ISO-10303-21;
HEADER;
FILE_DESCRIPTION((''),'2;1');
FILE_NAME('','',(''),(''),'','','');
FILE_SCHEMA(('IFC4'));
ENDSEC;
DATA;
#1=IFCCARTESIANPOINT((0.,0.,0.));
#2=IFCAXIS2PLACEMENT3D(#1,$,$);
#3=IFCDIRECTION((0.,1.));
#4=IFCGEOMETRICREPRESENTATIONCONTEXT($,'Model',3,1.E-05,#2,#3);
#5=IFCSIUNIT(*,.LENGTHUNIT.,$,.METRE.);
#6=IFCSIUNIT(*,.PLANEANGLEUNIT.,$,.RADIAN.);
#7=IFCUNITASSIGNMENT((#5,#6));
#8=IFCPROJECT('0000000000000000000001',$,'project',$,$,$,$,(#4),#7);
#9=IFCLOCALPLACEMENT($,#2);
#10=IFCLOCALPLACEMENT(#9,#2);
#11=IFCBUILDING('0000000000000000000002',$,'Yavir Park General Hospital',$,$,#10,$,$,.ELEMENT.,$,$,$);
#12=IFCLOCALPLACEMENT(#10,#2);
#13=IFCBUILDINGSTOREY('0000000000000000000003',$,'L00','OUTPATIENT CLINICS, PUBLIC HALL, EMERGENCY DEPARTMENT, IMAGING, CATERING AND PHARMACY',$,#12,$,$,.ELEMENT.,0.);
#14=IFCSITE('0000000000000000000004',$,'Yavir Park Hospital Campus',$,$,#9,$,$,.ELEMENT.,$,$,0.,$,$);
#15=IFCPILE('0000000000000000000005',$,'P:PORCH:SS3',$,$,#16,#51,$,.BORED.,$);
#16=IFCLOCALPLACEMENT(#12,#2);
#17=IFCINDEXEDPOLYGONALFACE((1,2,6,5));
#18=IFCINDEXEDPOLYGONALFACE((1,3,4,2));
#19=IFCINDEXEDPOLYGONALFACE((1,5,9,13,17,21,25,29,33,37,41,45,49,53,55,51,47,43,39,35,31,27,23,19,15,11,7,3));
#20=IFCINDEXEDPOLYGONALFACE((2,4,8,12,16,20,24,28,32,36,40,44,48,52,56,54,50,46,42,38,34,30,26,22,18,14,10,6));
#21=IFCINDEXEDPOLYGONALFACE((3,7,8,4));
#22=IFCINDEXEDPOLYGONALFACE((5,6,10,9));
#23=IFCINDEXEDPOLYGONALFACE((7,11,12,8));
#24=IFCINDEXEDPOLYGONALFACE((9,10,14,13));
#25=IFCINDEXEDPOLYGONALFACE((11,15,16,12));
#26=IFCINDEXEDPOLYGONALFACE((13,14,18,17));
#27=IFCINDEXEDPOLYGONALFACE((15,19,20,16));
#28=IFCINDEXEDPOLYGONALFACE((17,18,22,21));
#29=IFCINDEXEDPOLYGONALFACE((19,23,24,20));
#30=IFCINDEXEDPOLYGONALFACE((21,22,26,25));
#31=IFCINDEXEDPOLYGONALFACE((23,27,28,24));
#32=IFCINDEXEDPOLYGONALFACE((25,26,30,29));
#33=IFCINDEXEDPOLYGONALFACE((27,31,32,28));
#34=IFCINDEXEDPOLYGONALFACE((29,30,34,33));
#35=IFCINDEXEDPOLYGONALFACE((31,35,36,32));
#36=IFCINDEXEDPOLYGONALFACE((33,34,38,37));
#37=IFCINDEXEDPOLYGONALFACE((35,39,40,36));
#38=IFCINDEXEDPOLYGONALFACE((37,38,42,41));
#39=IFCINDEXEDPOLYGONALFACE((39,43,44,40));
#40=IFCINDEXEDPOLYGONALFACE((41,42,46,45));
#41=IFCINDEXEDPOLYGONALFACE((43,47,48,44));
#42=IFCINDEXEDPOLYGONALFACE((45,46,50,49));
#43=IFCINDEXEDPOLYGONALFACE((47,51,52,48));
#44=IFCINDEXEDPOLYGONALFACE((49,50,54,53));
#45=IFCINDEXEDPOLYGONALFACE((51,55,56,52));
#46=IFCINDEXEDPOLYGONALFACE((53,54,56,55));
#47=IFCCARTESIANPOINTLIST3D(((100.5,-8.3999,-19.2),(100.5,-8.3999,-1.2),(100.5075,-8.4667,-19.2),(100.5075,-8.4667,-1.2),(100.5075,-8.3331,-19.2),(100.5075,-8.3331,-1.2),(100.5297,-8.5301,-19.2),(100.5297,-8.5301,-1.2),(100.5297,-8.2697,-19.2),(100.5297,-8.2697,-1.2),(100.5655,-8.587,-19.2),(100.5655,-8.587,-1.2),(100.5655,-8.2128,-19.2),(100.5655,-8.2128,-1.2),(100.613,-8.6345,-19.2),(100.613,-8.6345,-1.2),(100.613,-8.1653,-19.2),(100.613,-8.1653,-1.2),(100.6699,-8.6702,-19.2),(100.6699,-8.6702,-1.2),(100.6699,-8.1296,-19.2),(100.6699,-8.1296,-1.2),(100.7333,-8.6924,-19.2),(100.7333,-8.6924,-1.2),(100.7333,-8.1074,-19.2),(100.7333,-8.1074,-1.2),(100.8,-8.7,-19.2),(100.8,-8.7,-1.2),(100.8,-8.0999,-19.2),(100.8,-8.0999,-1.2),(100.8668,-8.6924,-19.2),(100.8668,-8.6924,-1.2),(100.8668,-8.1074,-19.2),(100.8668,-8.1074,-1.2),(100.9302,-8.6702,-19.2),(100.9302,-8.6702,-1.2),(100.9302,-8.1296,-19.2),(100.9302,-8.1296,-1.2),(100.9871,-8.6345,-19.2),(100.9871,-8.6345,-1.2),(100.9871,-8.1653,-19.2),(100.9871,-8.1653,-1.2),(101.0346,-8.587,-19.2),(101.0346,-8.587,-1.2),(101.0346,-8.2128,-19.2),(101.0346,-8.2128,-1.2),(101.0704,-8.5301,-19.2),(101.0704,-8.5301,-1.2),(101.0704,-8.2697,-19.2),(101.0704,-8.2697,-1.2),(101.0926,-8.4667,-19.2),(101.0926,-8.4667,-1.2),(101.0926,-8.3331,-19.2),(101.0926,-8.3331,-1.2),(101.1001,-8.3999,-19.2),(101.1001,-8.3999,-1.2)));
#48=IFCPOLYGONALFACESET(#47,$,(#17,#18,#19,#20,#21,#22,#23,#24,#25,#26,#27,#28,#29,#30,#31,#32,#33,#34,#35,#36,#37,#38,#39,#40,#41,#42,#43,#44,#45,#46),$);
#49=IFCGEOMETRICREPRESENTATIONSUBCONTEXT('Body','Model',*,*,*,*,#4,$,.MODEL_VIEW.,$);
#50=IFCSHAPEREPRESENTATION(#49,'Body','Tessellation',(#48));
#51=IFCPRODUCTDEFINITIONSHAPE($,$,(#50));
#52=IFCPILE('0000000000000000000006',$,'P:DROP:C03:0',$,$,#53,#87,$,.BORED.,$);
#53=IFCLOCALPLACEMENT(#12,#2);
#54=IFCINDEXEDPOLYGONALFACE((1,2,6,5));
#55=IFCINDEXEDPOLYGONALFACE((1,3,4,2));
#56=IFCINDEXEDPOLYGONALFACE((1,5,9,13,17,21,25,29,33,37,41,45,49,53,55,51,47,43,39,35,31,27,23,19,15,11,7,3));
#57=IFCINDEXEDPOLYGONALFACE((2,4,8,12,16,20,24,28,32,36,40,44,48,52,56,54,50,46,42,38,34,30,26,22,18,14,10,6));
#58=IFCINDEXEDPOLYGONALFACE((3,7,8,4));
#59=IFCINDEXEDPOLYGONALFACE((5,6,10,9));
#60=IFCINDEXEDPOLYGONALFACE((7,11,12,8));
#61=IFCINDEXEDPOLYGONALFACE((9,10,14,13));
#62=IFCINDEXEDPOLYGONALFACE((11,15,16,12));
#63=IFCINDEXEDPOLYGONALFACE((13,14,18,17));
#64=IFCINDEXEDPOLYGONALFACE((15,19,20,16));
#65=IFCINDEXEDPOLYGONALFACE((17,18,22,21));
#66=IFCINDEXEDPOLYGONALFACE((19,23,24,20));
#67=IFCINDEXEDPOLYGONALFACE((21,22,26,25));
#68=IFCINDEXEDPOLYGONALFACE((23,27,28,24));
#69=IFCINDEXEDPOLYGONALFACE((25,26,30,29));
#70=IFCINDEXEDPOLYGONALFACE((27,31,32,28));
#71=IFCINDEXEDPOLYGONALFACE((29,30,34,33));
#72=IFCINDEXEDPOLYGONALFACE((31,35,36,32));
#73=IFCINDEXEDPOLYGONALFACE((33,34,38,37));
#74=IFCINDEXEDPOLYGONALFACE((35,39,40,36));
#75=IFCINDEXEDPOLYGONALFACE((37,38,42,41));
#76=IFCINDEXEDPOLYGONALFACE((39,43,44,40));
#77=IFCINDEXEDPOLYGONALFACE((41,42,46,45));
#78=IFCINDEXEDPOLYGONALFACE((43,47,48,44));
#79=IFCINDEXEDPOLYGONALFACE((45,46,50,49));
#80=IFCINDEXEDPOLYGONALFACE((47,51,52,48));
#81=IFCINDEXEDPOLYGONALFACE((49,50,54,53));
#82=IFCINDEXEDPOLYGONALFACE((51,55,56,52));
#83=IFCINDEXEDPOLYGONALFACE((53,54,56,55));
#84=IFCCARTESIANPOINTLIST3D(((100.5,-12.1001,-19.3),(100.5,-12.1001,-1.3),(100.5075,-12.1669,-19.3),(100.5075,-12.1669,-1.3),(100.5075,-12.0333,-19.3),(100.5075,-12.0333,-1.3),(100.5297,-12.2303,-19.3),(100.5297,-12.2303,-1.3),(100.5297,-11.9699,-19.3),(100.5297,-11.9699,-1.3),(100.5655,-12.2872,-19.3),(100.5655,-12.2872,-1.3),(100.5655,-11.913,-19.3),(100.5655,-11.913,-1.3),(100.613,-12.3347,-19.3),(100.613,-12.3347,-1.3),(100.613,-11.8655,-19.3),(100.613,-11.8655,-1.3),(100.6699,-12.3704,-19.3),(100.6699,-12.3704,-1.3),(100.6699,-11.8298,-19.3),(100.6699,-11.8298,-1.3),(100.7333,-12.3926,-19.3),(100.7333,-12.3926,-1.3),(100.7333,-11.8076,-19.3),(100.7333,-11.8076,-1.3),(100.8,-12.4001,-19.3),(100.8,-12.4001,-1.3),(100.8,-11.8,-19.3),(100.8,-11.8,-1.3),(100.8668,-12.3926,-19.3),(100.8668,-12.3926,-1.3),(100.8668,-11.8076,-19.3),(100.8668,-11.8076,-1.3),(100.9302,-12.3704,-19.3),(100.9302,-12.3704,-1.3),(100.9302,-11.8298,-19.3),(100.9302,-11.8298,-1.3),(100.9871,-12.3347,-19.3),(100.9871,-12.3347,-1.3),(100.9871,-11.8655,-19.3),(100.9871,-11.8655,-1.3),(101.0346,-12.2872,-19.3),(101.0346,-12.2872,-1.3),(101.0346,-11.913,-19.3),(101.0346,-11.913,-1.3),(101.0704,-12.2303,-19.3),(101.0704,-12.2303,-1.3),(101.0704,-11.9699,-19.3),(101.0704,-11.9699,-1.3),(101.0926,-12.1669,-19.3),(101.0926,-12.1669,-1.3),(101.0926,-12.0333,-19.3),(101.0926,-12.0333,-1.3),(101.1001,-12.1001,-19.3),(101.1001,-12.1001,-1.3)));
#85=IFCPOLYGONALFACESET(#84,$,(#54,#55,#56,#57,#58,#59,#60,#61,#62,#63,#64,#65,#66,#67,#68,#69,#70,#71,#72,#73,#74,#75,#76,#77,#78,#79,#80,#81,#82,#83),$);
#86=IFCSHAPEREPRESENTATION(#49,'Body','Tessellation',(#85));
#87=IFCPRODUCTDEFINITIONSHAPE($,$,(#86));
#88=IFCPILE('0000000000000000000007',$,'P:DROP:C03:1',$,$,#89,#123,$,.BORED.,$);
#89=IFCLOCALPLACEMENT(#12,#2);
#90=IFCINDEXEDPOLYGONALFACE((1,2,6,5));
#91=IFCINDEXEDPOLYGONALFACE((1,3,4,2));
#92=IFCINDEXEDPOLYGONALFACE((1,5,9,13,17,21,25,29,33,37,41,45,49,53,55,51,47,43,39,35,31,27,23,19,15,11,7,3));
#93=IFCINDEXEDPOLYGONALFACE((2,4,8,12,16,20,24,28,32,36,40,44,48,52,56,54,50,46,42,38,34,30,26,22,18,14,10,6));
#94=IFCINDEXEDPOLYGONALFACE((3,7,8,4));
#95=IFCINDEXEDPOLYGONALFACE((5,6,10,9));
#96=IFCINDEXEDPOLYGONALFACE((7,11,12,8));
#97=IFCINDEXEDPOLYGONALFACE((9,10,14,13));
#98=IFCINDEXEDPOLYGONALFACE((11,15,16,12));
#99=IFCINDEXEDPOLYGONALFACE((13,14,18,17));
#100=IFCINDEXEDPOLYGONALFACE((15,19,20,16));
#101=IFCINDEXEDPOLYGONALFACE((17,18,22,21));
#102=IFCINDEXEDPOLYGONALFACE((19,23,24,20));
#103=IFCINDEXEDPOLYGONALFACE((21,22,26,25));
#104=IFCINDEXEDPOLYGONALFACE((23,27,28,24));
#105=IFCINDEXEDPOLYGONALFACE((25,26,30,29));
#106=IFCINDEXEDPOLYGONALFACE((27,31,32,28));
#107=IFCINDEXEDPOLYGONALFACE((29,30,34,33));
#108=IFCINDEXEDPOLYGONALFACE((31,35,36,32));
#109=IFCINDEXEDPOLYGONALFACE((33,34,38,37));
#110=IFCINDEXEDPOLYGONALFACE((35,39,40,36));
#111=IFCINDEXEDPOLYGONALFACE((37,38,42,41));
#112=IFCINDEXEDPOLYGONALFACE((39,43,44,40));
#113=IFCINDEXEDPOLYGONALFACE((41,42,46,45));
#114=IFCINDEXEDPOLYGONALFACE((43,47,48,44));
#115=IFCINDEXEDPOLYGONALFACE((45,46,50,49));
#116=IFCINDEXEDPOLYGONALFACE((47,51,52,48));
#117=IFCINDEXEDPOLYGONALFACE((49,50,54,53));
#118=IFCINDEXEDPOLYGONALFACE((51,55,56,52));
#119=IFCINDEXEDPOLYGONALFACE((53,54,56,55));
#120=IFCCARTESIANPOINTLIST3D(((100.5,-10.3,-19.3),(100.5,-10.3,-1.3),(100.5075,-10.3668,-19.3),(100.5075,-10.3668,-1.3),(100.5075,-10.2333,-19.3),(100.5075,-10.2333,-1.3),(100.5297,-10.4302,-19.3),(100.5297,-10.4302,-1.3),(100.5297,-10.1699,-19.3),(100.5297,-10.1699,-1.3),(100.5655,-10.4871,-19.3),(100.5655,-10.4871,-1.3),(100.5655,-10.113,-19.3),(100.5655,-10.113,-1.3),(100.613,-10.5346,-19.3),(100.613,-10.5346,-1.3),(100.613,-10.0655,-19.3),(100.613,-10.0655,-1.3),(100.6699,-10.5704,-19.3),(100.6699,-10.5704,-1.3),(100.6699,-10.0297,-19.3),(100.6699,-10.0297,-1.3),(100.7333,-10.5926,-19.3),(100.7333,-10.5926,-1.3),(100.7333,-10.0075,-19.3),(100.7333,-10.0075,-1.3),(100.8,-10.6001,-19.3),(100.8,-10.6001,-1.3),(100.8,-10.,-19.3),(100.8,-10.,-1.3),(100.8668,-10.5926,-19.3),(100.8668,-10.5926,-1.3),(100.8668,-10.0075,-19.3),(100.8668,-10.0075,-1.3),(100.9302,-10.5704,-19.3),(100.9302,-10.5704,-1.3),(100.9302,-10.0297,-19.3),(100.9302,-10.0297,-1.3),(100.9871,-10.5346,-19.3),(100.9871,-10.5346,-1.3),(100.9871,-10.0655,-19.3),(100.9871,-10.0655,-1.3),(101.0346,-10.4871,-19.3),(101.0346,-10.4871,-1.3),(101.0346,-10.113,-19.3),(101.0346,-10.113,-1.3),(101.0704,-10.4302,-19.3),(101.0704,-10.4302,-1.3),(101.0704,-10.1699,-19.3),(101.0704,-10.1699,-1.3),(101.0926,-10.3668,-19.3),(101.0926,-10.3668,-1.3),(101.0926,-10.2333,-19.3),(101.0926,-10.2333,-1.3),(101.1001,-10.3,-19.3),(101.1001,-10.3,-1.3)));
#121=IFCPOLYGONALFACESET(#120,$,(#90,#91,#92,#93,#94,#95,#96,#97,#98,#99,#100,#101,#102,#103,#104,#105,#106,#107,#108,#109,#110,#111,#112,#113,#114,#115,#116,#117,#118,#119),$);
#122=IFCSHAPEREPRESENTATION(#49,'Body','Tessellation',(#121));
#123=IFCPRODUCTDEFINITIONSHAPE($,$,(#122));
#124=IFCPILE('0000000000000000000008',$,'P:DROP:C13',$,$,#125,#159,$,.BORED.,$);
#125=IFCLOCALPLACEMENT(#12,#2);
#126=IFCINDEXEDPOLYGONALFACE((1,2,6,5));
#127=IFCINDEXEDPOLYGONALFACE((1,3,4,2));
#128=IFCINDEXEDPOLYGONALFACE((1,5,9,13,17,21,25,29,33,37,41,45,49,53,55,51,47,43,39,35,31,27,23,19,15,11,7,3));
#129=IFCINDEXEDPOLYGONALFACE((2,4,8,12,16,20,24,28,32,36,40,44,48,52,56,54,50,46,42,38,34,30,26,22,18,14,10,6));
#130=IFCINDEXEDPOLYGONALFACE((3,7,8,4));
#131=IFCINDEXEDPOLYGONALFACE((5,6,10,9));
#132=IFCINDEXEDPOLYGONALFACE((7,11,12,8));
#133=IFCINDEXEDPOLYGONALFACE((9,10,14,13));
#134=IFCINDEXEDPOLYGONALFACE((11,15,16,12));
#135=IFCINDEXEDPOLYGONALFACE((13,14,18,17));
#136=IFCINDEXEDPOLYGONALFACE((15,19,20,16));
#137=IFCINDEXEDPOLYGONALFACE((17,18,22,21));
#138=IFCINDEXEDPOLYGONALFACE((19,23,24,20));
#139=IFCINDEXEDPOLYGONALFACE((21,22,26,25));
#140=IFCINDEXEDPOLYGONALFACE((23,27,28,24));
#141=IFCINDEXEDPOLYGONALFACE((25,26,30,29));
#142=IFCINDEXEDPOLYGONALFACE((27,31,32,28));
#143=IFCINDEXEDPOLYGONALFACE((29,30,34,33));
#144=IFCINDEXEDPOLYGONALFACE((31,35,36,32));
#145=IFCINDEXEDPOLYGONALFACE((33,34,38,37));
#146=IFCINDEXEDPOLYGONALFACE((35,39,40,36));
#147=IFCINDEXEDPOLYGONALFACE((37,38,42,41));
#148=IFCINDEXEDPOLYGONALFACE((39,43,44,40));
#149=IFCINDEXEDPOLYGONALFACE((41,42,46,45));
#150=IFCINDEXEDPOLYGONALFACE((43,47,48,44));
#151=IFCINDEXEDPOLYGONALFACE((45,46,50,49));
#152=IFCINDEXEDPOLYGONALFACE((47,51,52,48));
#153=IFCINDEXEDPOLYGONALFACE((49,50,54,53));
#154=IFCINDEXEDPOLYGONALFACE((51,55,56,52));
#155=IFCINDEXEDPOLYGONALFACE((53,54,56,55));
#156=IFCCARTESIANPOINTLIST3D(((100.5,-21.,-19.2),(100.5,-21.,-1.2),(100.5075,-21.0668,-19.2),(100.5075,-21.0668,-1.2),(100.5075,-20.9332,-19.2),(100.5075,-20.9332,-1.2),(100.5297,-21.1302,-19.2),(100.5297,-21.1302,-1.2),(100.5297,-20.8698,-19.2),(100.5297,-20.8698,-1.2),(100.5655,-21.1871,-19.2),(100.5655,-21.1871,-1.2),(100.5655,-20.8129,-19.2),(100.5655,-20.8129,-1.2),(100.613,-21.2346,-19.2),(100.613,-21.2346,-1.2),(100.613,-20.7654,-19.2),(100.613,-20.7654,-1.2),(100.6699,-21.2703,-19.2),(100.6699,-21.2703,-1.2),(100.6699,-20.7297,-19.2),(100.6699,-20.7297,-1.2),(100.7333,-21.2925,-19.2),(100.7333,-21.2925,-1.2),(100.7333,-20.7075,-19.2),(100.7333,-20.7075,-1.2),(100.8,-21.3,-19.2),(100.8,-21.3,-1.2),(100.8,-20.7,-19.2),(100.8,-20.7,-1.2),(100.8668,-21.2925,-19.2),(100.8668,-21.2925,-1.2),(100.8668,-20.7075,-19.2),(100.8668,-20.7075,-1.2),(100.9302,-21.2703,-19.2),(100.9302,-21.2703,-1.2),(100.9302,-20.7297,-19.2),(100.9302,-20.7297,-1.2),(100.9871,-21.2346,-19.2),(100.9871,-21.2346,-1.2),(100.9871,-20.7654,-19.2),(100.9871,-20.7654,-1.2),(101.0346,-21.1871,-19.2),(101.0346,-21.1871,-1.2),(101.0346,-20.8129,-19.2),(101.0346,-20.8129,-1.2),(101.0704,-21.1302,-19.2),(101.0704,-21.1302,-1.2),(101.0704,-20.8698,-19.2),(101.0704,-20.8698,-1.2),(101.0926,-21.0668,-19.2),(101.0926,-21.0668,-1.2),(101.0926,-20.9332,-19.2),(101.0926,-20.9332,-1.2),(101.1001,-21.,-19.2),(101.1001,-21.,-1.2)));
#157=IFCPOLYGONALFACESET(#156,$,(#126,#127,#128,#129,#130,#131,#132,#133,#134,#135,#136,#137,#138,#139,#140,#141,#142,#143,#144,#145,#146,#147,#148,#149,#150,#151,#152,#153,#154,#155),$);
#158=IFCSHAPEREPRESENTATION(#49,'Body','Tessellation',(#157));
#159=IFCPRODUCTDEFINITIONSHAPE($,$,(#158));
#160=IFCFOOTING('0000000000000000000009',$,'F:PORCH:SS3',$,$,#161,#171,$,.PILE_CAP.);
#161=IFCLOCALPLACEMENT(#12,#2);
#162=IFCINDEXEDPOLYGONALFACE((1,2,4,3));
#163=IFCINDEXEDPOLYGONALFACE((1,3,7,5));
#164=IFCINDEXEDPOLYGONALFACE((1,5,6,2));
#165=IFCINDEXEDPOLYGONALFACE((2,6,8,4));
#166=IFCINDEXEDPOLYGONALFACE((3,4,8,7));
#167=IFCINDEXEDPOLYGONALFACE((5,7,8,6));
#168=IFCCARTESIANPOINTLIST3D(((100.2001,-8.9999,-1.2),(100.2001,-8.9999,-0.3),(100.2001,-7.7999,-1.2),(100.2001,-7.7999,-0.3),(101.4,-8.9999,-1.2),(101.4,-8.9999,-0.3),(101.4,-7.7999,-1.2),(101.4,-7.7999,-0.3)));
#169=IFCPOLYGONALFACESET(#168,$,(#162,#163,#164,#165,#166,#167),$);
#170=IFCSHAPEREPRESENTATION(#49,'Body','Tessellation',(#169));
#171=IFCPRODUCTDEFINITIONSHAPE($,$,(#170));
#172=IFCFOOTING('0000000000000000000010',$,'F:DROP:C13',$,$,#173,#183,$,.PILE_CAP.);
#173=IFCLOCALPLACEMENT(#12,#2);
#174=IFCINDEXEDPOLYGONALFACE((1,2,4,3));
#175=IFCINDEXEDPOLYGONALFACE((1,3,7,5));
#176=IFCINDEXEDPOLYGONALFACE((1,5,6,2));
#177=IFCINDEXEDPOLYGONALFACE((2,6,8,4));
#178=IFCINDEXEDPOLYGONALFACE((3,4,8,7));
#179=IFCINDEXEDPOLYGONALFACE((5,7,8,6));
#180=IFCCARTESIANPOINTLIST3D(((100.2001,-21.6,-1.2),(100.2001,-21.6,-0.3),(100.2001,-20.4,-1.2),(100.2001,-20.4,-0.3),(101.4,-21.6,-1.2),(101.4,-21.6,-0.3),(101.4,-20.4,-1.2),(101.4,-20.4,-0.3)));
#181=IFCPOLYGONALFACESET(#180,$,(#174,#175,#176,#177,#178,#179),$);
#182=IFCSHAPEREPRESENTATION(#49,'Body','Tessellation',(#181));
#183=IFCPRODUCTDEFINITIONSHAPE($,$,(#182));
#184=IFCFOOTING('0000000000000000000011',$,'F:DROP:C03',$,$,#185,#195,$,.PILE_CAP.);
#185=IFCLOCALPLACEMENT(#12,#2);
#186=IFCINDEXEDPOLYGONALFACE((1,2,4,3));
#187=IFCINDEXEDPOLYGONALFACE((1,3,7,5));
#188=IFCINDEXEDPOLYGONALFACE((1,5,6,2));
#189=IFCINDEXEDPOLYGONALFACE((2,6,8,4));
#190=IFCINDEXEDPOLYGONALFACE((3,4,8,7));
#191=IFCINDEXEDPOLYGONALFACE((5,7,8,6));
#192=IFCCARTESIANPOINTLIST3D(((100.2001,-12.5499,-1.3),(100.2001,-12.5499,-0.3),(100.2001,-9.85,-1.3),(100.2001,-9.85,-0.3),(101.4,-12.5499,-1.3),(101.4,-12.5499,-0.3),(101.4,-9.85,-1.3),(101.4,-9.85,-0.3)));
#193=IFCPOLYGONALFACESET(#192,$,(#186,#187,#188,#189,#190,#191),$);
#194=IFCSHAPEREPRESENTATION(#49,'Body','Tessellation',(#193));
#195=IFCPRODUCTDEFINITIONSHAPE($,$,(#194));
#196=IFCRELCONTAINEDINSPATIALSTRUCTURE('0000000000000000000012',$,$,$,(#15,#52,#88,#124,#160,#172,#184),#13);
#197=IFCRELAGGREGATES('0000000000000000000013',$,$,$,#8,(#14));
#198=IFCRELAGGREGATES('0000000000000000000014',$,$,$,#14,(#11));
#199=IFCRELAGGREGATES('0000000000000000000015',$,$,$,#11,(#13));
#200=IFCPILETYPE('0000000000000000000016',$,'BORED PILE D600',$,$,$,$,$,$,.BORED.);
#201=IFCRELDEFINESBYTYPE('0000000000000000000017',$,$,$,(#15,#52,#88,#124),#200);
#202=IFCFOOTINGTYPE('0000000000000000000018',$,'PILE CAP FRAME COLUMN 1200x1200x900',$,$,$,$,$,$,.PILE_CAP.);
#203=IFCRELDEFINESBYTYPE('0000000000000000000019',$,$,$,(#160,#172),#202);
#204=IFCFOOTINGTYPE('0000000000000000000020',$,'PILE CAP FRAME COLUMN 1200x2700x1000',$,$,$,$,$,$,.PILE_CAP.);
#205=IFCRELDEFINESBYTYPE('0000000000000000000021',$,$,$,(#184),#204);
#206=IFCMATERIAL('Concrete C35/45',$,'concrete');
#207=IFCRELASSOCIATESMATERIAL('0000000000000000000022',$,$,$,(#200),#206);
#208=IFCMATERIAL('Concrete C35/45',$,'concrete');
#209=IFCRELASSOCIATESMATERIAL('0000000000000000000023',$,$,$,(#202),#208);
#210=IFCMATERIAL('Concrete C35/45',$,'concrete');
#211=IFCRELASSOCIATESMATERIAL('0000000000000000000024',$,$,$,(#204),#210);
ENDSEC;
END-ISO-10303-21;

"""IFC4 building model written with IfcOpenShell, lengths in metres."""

from ifc_helpers import new_model, si_unit, direction, frame, origin, origin_2d, place, context, subcontext, project, spatial, rectangle, circle, extrude, material, material_profile, profile_set, type_object, element, save


model = new_model("IFC4")

# Units and contexts
model_context = context("Model", 3, precision=1e-05, world=origin(), true_north=direction((0.0, 1.0)))
body_context = subcontext(model_context, "Body", "Model", "MODEL_VIEW")
ifc_project = project(units=[si_unit("LENGTHUNIT", "METRE"), si_unit("PLANEANGLEUNIT", "RADIAN")], contexts=[model_context])

# Site, building, storey
site_placement = place(None, origin())
site = spatial("IfcSite", under=ifc_project, at=site_placement, Name="Yavir Park Hospital Campus", CompositionType="ELEMENT", RefElevation=0.0)
building_placement = place(site_placement, origin())
building = spatial("IfcBuilding", under=site, at=building_placement, Name="Yavir Park General Hospital", CompositionType="ELEMENT")
storey_placement = place(building_placement, origin())
storey = spatial("IfcBuildingStorey", under=building, at=storey_placement, Name="L00", Description="OUTPATIENT CLINICS, PUBLIC HALL, EMERGENCY DEPARTMENT, IMAGING, CATERING AND PHARMACY", CompositionType="ELEMENT", Elevation=0.0)

# Piles
ifc_material_1 = material(Name="Concrete C35/45", Category="concrete")
ifc_material_profile_1 = material_profile(ifc_material_1, circle(Radius=0.3, at=origin_2d()), Name="D600")
ifc_profile_set_1 = profile_set([ifc_material_profile_1], Name="Concrete C35/45")
pile_type = type_object("IfcPileType", Name="BORED PILE D600", PredefinedType="BORED", material=ifc_profile_set_1)
for number, where, z_axis, x_axis, name in (
    (1, (100.8, -8.3999, -1.2), (0.0, 0.0, -1.0), (1.0, 0.0, 0.0), "P:PORCH:SS3"),
    (2, (100.8, -12.1001, -1.3), (0.0, 0.0, -1.0), (1.0, 0.0, 0.0), "P:DROP:C03:0"),
    (3, (100.8, -10.3, -1.3), (0.0, 0.0, -1.0), (1.0, 0.0, 0.0), "P:DROP:C03:1"),
    (4, (100.8, -21.0, -1.2), (0.0, 0.0, -1.0), (1.0, 0.0, 0.0), "P:DROP:C13"),
):
    element("IfcPile", number, at=place(storey_placement, frame(where, z_axis=z_axis, x_axis=x_axis)), inside=storey, type_object=pile_type, Name=name, PredefinedType="BORED", context=body_context, shape_type="SweptSolid", body=[
        extrude(circle(Radius=0.3, at=origin_2d()), origin(), (0.0, 0.0, 1.0), 18.0),
    ])

# Footings
ifc_material_2 = material(Name="Concrete C35/45", Category="concrete")
footing_type_1 = type_object("IfcFootingType", Name="PILE CAP FRAME COLUMN 1200x1200x900", PredefinedType="PILE_CAP", material=ifc_material_2)
for number, where, z_axis, x_axis, name in (
    (5, (100.8, -8.3999, -1.2), (0.0, 0.0, 1.0), (1.0, 0.0, 0.0), "F:PORCH:SS3"),
    (6, (100.8, -21.0, -1.2), (0.0, 0.0, 1.0), (1.0, 0.0, 0.0), "F:DROP:C13"),
):
    element("IfcFooting", number, at=place(storey_placement, frame(where, z_axis=z_axis, x_axis=x_axis)), inside=storey, type_object=footing_type_1, Name=name, PredefinedType="PILE_CAP", context=body_context, shape_type="SweptSolid", body=[
        extrude(rectangle(XDim=1.2, YDim=1.2, at=origin_2d()), origin(), (0.0, 0.0, 1.0), 0.8999),
    ])
ifc_material_3 = material(Name="Concrete C35/45", Category="concrete")
footing_type_2 = type_object("IfcFootingType", Name="PILE CAP FRAME COLUMN 1200x2700x1000", PredefinedType="PILE_CAP", material=ifc_material_3)
footing_placement = place(storey_placement, frame((100.8, -11.2, -1.3), z_axis=(0.0, 0.0, 1.0), x_axis=(1.0, 0.0, 0.0)))
element("IfcFooting", 7, at=footing_placement, inside=storey, type_object=footing_type_2, Name="F:DROP:C03", PredefinedType="PILE_CAP", context=body_context, shape_type="SweptSolid", body=[
    extrude(rectangle(XDim=1.2, YDim=2.7, at=origin_2d()), origin(), (0.0, 0.0, 1.0), 1.0),
])

save(model, "model.ifc")
